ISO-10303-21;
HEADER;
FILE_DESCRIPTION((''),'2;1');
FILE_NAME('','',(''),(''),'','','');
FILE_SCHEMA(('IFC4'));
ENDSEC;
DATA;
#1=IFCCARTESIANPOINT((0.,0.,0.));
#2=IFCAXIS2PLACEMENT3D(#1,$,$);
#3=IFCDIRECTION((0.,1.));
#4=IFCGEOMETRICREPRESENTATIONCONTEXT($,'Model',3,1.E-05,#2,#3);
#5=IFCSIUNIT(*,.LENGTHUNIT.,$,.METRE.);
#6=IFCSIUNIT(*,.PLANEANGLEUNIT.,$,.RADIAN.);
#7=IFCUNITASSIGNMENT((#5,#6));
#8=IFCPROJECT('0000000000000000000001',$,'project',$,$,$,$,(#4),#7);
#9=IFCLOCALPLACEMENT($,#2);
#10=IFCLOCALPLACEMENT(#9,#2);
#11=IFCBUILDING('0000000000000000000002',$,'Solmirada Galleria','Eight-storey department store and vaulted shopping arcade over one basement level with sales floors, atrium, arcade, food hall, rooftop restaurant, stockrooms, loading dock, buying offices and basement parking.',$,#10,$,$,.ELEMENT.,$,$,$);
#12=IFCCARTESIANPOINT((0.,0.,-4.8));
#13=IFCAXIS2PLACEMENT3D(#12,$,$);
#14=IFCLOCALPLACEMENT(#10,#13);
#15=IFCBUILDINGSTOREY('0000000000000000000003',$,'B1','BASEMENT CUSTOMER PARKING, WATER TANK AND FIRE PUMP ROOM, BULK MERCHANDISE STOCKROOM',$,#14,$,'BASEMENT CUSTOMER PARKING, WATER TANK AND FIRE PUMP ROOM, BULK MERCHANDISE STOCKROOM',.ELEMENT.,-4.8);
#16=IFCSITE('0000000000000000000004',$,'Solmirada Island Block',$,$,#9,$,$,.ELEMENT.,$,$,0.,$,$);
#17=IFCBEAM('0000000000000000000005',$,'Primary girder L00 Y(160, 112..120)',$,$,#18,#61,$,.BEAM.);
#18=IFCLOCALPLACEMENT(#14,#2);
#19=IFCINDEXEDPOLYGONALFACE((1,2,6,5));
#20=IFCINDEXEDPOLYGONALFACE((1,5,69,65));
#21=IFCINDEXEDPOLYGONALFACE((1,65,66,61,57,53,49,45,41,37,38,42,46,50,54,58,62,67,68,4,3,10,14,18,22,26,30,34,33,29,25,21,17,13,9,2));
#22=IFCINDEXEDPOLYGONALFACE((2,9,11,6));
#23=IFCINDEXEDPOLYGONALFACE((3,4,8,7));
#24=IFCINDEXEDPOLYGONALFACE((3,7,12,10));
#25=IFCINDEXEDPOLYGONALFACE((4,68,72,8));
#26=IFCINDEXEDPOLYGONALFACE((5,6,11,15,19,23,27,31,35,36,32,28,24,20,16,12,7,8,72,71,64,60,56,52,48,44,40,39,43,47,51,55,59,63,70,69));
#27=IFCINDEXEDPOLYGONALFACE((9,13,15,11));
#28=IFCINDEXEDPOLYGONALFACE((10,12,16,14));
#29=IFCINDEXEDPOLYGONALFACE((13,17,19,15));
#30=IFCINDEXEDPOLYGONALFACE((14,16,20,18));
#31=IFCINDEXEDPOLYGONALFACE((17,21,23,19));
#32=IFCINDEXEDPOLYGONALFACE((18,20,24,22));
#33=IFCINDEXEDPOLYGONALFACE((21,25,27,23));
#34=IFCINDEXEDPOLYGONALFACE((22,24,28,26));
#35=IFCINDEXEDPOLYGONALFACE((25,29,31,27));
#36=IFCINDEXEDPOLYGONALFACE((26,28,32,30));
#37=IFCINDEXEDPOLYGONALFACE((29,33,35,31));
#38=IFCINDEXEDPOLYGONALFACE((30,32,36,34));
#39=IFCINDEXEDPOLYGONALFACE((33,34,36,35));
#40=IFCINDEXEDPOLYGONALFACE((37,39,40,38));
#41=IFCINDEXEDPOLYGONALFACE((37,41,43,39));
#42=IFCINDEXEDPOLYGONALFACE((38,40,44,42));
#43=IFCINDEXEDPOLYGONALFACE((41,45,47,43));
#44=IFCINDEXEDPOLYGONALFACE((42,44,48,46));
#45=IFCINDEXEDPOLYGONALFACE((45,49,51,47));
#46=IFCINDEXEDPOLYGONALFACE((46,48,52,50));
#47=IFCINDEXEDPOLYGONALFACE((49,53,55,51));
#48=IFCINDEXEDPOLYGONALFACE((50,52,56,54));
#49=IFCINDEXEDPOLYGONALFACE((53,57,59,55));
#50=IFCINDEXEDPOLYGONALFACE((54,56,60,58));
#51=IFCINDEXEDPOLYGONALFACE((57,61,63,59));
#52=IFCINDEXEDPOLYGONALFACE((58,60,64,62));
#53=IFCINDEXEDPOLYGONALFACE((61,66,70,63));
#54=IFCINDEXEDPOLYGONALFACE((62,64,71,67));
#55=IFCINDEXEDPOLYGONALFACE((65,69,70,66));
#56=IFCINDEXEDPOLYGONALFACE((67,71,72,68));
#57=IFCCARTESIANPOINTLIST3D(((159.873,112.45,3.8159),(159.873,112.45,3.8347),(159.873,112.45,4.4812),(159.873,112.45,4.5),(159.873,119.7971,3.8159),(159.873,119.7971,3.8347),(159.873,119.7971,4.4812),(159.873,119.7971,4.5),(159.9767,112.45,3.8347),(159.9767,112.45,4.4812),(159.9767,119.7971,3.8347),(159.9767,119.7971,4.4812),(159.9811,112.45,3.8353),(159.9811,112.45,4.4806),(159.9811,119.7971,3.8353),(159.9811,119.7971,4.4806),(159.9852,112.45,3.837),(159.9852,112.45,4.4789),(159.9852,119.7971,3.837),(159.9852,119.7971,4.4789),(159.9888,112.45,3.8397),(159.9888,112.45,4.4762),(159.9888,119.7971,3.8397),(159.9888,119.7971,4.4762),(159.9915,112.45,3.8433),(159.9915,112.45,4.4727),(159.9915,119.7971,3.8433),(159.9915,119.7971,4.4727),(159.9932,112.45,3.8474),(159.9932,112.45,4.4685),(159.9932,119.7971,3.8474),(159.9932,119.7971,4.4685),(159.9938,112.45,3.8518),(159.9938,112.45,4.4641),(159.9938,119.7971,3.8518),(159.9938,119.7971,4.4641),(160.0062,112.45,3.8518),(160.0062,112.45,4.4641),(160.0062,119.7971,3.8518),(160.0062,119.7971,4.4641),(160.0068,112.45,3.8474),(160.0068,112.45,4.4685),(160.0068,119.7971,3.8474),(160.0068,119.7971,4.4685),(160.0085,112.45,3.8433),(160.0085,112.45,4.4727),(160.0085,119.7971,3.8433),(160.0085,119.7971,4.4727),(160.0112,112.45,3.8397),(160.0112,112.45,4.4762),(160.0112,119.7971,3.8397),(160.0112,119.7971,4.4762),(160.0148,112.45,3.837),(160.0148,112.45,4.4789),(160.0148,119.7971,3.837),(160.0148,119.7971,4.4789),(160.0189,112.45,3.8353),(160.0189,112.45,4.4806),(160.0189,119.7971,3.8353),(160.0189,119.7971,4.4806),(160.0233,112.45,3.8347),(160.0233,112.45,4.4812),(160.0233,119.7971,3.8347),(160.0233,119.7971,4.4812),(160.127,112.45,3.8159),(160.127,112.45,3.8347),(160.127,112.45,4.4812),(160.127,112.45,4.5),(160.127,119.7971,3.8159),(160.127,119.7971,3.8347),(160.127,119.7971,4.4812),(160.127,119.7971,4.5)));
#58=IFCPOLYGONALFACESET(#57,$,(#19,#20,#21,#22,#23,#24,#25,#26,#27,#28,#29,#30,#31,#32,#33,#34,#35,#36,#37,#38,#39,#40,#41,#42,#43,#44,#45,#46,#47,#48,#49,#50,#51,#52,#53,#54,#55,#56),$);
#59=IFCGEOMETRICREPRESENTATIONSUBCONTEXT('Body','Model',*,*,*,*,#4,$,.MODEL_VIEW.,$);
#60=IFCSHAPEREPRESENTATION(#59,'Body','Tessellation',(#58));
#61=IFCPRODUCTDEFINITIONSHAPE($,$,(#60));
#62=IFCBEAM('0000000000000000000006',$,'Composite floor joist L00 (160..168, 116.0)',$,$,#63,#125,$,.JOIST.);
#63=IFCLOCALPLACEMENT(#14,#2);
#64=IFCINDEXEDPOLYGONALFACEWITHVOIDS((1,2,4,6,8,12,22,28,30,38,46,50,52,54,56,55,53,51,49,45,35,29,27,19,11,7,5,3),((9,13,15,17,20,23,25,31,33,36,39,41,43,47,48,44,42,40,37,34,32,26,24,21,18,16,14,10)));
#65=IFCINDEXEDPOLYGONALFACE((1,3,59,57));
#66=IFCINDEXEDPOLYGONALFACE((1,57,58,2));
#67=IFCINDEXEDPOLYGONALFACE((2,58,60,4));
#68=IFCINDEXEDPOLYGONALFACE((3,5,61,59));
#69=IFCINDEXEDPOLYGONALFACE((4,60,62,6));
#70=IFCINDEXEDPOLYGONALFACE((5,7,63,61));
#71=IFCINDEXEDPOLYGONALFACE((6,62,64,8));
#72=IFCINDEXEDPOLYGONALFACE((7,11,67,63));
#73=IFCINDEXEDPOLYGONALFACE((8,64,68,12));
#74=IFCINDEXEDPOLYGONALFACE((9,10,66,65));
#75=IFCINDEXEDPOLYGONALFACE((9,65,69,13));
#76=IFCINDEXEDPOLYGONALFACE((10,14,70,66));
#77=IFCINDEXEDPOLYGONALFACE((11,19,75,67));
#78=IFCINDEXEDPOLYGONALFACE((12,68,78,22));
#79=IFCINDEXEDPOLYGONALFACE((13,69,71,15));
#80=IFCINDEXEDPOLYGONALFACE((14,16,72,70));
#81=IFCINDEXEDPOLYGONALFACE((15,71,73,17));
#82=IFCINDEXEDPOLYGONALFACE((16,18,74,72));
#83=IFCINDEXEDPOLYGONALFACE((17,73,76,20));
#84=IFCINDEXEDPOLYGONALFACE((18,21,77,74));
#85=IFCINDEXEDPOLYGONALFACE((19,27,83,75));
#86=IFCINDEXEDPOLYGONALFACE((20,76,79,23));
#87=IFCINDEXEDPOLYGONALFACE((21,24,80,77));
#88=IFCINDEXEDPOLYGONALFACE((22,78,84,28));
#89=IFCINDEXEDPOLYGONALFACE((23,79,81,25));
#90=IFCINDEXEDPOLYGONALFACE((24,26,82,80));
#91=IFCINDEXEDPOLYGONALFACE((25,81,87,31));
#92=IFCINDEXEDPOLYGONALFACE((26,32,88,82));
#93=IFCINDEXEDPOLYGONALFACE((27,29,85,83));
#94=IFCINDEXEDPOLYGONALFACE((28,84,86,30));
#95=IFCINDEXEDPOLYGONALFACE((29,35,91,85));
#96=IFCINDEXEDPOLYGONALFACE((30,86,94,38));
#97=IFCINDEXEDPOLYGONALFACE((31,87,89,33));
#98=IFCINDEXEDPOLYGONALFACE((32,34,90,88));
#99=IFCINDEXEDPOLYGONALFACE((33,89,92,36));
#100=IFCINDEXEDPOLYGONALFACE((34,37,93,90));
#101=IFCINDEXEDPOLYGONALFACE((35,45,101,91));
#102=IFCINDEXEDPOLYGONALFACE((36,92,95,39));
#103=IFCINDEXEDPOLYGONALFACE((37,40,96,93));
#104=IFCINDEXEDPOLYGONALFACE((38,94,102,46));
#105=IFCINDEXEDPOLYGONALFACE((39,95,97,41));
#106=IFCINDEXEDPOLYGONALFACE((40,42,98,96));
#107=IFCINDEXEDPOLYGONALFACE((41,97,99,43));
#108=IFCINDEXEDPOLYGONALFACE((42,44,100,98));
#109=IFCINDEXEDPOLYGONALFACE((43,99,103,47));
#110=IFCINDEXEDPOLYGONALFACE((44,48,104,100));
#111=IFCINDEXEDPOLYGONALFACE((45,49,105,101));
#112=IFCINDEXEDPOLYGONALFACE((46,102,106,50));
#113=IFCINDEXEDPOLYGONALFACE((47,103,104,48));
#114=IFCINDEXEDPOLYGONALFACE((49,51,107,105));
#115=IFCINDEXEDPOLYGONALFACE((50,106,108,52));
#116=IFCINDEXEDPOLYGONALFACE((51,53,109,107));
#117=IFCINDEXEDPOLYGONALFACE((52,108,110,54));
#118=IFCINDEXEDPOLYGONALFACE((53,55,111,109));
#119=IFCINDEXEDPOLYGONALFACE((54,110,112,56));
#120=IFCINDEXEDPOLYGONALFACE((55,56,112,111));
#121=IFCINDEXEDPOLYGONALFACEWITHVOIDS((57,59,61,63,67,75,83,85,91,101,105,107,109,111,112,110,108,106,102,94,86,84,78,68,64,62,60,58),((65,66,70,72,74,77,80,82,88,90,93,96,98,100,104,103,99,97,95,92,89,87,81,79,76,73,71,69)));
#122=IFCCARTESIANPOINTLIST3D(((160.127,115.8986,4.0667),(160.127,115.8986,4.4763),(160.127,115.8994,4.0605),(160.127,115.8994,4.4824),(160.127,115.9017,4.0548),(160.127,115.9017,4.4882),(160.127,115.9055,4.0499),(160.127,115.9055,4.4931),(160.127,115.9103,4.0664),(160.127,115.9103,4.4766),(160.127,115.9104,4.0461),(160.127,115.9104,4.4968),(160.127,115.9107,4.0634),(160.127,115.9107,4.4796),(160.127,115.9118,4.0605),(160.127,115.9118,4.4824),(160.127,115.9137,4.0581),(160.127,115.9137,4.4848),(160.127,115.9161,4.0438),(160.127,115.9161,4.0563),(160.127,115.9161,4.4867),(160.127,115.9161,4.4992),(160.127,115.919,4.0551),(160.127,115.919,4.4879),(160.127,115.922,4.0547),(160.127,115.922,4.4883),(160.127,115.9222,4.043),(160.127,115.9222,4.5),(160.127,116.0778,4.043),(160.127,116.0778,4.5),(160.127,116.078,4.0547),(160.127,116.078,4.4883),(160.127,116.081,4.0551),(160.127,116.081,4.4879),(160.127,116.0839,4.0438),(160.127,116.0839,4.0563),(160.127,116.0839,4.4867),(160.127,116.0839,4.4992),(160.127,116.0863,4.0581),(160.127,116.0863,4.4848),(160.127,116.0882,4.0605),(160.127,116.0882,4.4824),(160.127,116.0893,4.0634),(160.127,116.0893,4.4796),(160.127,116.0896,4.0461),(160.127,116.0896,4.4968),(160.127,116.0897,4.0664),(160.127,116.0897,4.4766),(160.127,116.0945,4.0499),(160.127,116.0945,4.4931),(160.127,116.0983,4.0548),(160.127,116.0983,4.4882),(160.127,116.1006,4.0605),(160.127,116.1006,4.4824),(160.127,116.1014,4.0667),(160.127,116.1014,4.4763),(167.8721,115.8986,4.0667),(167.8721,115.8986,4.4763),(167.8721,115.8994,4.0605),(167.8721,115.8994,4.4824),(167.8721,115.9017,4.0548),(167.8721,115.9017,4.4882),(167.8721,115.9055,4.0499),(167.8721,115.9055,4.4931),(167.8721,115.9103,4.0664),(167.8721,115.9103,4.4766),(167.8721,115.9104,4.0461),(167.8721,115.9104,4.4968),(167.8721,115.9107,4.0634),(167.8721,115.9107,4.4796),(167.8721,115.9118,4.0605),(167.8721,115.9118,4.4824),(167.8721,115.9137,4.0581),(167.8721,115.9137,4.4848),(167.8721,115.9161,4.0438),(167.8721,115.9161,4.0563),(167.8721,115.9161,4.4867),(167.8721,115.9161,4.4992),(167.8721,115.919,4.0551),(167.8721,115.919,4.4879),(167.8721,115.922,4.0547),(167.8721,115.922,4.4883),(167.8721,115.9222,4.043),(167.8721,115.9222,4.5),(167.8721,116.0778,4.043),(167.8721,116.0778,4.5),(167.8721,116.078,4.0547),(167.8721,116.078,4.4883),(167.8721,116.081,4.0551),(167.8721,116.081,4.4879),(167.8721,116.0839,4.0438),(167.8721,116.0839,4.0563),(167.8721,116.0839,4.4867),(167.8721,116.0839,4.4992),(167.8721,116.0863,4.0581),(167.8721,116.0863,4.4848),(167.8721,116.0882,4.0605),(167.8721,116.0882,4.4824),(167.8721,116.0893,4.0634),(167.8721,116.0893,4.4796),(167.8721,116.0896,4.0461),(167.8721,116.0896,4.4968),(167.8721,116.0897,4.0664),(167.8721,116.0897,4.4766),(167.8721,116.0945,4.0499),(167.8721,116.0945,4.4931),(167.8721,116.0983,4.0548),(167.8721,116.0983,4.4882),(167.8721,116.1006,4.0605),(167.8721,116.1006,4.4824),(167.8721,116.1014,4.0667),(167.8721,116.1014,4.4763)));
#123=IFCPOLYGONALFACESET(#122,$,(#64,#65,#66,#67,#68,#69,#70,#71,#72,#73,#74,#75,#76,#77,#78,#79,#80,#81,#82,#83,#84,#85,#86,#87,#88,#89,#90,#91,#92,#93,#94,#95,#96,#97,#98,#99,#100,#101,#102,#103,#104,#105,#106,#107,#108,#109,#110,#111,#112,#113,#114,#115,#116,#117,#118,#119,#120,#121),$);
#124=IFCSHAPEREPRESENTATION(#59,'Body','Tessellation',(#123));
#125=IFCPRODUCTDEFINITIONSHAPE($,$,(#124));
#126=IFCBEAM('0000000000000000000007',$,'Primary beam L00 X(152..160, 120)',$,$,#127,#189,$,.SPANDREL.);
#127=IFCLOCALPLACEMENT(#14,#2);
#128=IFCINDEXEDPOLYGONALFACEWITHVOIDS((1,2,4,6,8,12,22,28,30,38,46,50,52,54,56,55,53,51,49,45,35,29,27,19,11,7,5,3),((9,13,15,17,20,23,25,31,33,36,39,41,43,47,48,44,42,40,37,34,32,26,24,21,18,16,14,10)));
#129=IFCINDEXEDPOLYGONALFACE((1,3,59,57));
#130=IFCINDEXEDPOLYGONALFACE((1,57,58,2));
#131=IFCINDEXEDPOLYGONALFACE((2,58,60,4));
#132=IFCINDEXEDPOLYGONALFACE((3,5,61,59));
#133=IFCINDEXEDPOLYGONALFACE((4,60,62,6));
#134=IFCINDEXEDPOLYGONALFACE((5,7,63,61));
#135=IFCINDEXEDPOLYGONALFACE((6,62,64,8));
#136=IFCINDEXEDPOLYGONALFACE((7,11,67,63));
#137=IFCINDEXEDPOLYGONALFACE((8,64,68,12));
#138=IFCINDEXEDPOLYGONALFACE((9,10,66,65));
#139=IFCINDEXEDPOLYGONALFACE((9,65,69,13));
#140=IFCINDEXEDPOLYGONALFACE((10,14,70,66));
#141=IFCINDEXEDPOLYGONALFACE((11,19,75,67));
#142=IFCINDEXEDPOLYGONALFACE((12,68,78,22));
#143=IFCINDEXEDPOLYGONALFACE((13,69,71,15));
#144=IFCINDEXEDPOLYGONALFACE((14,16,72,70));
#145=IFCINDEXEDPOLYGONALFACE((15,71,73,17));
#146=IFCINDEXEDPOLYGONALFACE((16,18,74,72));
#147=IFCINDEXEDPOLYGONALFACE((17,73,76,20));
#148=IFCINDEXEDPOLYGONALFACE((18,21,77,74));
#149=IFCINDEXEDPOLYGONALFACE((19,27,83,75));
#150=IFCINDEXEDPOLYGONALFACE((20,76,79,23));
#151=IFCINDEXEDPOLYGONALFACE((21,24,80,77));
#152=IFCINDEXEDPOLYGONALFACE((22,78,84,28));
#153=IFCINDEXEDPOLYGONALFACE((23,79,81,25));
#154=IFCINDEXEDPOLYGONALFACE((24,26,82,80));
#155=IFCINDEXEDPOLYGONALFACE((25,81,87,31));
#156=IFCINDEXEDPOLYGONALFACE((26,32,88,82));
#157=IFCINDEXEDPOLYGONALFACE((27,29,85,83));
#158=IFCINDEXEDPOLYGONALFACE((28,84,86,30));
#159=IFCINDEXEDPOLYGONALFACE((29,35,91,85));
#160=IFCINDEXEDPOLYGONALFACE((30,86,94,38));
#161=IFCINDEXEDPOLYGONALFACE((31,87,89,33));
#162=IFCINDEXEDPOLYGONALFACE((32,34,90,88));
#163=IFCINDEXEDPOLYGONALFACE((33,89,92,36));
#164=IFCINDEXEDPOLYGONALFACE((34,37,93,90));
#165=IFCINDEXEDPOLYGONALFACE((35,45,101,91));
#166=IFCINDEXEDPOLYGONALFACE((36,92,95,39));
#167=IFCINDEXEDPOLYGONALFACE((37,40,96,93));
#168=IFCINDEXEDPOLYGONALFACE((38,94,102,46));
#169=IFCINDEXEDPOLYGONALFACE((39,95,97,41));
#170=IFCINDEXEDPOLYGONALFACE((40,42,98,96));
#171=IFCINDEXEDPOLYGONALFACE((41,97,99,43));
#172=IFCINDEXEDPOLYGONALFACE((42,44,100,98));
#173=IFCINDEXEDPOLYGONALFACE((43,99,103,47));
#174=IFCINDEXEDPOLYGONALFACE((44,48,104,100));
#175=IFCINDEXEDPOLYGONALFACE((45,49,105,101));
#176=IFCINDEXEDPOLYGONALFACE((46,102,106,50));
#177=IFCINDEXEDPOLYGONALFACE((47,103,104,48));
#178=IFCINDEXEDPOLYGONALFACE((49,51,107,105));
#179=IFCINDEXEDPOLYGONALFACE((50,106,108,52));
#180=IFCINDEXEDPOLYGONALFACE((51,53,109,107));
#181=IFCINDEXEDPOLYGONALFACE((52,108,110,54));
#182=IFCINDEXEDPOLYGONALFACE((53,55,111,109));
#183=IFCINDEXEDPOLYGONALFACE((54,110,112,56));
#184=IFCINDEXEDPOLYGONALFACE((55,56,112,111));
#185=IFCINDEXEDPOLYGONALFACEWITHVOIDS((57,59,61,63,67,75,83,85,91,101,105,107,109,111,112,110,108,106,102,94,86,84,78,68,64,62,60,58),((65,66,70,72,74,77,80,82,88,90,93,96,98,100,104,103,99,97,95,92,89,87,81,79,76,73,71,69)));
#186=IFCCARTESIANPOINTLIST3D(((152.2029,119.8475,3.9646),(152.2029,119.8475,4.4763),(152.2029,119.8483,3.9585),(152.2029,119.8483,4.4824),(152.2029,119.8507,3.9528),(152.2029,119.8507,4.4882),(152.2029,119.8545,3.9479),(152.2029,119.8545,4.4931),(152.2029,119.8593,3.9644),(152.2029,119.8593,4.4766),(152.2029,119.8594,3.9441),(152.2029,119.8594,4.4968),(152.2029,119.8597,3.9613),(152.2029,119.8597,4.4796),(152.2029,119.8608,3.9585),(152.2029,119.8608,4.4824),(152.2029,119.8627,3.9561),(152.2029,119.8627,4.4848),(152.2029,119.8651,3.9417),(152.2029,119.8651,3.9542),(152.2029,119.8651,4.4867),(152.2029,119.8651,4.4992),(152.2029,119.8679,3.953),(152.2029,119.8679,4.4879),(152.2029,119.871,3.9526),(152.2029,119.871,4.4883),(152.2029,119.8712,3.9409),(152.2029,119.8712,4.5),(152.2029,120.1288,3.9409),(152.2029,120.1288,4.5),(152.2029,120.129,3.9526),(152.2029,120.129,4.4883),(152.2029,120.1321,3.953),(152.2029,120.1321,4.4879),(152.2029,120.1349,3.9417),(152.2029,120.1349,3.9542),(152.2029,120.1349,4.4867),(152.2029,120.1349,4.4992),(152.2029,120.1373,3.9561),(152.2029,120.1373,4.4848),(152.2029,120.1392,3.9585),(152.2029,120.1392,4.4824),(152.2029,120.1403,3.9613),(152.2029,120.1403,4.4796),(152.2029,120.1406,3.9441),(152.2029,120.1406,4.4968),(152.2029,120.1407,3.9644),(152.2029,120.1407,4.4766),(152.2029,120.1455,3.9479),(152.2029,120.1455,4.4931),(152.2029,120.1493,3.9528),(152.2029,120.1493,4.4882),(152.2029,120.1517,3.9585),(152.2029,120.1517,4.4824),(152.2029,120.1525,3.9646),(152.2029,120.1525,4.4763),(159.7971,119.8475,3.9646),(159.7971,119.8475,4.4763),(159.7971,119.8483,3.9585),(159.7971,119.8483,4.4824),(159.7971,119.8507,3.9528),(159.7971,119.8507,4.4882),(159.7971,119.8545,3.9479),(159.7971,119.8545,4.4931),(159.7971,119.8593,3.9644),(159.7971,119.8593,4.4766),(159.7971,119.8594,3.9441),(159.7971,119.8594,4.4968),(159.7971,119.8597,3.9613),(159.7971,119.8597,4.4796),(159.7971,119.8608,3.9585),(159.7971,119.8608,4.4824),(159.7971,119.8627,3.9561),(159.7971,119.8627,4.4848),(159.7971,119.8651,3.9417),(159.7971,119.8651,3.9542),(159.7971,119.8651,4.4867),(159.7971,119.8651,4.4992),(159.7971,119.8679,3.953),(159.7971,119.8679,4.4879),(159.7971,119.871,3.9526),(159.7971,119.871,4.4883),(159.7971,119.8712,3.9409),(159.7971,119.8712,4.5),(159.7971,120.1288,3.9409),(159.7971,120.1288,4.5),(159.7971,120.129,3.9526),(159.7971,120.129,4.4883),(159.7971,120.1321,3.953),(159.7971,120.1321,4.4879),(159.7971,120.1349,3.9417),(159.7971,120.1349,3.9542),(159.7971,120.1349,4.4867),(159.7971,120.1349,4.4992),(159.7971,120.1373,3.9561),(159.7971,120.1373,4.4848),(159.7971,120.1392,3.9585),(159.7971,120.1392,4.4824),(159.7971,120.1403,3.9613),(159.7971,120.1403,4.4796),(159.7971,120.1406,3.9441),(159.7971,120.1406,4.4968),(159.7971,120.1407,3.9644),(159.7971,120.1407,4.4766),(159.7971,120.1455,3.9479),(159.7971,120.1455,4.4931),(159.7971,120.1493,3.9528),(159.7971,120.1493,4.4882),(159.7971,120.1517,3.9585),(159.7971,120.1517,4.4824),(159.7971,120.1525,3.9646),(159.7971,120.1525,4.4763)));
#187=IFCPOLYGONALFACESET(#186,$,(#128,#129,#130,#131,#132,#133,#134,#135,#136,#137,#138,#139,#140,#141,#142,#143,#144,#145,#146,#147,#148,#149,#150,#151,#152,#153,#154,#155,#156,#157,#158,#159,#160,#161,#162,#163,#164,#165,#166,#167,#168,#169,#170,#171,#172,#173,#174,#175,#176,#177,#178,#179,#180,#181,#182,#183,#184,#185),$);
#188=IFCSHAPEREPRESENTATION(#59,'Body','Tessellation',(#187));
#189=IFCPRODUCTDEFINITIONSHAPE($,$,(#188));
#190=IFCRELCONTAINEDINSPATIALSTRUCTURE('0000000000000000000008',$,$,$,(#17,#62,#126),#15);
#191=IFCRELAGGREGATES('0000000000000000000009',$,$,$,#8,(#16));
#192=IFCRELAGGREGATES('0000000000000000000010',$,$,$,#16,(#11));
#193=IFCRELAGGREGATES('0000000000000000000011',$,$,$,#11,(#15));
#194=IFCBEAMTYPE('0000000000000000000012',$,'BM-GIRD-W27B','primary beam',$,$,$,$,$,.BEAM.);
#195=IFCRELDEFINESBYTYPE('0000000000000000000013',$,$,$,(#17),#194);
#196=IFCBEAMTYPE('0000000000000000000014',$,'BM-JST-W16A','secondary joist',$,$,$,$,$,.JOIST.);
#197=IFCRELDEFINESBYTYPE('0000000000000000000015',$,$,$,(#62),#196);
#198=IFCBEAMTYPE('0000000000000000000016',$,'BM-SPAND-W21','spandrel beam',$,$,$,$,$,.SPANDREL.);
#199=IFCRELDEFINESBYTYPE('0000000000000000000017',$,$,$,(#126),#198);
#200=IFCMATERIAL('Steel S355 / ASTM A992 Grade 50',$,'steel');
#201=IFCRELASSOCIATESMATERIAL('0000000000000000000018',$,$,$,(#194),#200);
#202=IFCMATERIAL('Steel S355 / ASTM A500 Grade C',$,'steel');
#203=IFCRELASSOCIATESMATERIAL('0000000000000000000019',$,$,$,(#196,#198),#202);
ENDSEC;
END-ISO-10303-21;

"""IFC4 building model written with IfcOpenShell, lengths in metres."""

from ifc_helpers import new_model, si_unit, direction, frame, origin, origin_2d, place, context, subcontext, project, spatial, hollow_rectangle, i_section, extrude, material, material_profile, profile_set, type_object, element, save


model = new_model("IFC4")

# Units and contexts
model_context = context("Model", 3, precision=1e-05, world=origin(), true_north=direction((0.0, 1.0)))
body_context = subcontext(model_context, "Body", "Model", "MODEL_VIEW")
ifc_project = project(units=[si_unit("LENGTHUNIT", "METRE"), si_unit("PLANEANGLEUNIT", "RADIAN")], contexts=[model_context])

# Site, building, storey
site_placement = place(None, origin())
site = spatial("IfcSite", under=ifc_project, at=site_placement, Name="Solmirada Island Block", CompositionType="ELEMENT", RefElevation=0.0)
building_placement = place(site_placement, origin())
building = spatial("IfcBuilding", under=site, at=building_placement, Name="Solmirada Galleria", Description="Eight-storey department store and vaulted shopping arcade over one basement level with sales floors, atrium, arcade, food hall, rooftop restaurant, stockrooms, loading dock, buying offices and basement parking.", CompositionType="ELEMENT")
storey_placement = place(building_placement, frame((0.0, 0.0, -4.8)))
storey = spatial("IfcBuildingStorey", under=building, at=storey_placement, Name="B1", Description="BASEMENT CUSTOMER PARKING, WATER TANK AND FIRE PUMP ROOM, BULK MERCHANDISE STOCKROOM", LongName="BASEMENT CUSTOMER PARKING, WATER TANK AND FIRE PUMP ROOM, BULK MERCHANDISE STOCKROOM", CompositionType="ELEMENT", Elevation=-4.8)

# Shared definitions
ifc_material_1 = material(Name="Steel S355 / ASTM A500 Grade C", Category="steel")

# Beams
ifc_material_2 = material(Name="Steel S355 / ASTM A992 Grade 50", Category="steel")
ifc_material_profile_1 = material_profile(ifc_material_2, i_section(OverallWidth=0.2539, OverallDepth=0.6841, WebThickness=0.0125, FlangeThickness=0.0188, FilletRadius=0.0171, at=origin_2d()), Name="W27X94")
ifc_profile_set_1 = profile_set([ifc_material_profile_1], Name="Steel S355 / ASTM A992 Grade 50")
beam_type_1 = type_object("IfcBeamType", Name="BM-GIRD-W27B", Description="primary beam", PredefinedType="BEAM", material=ifc_profile_set_1)
beam_1_placement = place(storey_placement, frame((160.0, 112.45, 4.158), z_axis=(0.0, 1.0, 0.0), x_axis=(-1.0, 0.0, 0.0)))
element("IfcBeam", 1, at=beam_1_placement, inside=storey, type_object=beam_type_1, Name="Primary girder L00 Y(160, 112..120)", PredefinedType="BEAM", context=body_context, shape_type="SweptSolid", body=[
    extrude(i_section(OverallWidth=0.2539, OverallDepth=0.6841, WebThickness=0.0125, FlangeThickness=0.0188, FilletRadius=0.0171, at=origin_2d()), origin(), (0.0, 0.0, 1.0), 7.3472),
])
ifc_material_profile_2 = material_profile(ifc_material_1, hollow_rectangle(XDim=0.2029, YDim=0.457, WallThickness=0.0117, InnerFilletRadius=0.0117, OuterFilletRadius=0.0237, at=origin_2d()), Name="HSS18X8X1/2")
ifc_profile_set_2 = profile_set([ifc_material_profile_2], Name="Steel S355 / ASTM A500 Grade C")
beam_type_2 = type_object("IfcBeamType", Name="BM-JST-W16A", Description="secondary joist", PredefinedType="JOIST", material=ifc_profile_set_2)
beam_2_placement = place(storey_placement, frame((160.127, 116.0, 4.2715), z_axis=(1.0, 0.0, 0.0), x_axis=(0.0, 1.0, 0.0)))
element("IfcBeam", 2, at=beam_2_placement, inside=storey, type_object=beam_type_2, Name="Composite floor joist L00 (160..168, 116.0)", PredefinedType="JOIST", context=body_context, shape_type="SweptSolid", body=[
    extrude(hollow_rectangle(XDim=0.2029, YDim=0.457, WallThickness=0.0117, InnerFilletRadius=0.0117, OuterFilletRadius=0.0237, at=origin_2d()), origin(), (0.0, 0.0, 1.0), 7.7451),
])
ifc_material_profile_3 = material_profile(ifc_material_1, hollow_rectangle(XDim=0.3049, YDim=0.5591, WallThickness=0.0117, InnerFilletRadius=0.0117, OuterFilletRadius=0.0237, at=origin_2d()), Name="HSS22X12X1/2")
ifc_profile_set_3 = profile_set([ifc_material_profile_3], Name="Steel S355 / ASTM A500 Grade C")
beam_type_3 = type_object("IfcBeamType", Name="BM-SPAND-W21", Description="spandrel beam", PredefinedType="SPANDREL", material=ifc_profile_set_3)
for number, where, z_axis, x_axis, name in (
    (3, (152.2029, 120.0, 4.2205), (1.0, 0.0, 0.0), (0.0, 1.0, 0.0), "Primary beam L00 X(152..160, 120)"),
):
    element("IfcBeam", number, at=place(storey_placement, frame(where, z_axis=z_axis, x_axis=x_axis)), inside=storey, type_object=beam_type_3, Name=name, PredefinedType="SPANDREL", context=body_context, shape_type="SweptSolid", body=[
        extrude(hollow_rectangle(XDim=0.3049, YDim=0.5591, WallThickness=0.0117, InnerFilletRadius=0.0117, OuterFilletRadius=0.0237, at=origin_2d()), origin(), (0.0, 0.0, 1.0), 7.5942),
    ])

save(model, "model.ifc")
